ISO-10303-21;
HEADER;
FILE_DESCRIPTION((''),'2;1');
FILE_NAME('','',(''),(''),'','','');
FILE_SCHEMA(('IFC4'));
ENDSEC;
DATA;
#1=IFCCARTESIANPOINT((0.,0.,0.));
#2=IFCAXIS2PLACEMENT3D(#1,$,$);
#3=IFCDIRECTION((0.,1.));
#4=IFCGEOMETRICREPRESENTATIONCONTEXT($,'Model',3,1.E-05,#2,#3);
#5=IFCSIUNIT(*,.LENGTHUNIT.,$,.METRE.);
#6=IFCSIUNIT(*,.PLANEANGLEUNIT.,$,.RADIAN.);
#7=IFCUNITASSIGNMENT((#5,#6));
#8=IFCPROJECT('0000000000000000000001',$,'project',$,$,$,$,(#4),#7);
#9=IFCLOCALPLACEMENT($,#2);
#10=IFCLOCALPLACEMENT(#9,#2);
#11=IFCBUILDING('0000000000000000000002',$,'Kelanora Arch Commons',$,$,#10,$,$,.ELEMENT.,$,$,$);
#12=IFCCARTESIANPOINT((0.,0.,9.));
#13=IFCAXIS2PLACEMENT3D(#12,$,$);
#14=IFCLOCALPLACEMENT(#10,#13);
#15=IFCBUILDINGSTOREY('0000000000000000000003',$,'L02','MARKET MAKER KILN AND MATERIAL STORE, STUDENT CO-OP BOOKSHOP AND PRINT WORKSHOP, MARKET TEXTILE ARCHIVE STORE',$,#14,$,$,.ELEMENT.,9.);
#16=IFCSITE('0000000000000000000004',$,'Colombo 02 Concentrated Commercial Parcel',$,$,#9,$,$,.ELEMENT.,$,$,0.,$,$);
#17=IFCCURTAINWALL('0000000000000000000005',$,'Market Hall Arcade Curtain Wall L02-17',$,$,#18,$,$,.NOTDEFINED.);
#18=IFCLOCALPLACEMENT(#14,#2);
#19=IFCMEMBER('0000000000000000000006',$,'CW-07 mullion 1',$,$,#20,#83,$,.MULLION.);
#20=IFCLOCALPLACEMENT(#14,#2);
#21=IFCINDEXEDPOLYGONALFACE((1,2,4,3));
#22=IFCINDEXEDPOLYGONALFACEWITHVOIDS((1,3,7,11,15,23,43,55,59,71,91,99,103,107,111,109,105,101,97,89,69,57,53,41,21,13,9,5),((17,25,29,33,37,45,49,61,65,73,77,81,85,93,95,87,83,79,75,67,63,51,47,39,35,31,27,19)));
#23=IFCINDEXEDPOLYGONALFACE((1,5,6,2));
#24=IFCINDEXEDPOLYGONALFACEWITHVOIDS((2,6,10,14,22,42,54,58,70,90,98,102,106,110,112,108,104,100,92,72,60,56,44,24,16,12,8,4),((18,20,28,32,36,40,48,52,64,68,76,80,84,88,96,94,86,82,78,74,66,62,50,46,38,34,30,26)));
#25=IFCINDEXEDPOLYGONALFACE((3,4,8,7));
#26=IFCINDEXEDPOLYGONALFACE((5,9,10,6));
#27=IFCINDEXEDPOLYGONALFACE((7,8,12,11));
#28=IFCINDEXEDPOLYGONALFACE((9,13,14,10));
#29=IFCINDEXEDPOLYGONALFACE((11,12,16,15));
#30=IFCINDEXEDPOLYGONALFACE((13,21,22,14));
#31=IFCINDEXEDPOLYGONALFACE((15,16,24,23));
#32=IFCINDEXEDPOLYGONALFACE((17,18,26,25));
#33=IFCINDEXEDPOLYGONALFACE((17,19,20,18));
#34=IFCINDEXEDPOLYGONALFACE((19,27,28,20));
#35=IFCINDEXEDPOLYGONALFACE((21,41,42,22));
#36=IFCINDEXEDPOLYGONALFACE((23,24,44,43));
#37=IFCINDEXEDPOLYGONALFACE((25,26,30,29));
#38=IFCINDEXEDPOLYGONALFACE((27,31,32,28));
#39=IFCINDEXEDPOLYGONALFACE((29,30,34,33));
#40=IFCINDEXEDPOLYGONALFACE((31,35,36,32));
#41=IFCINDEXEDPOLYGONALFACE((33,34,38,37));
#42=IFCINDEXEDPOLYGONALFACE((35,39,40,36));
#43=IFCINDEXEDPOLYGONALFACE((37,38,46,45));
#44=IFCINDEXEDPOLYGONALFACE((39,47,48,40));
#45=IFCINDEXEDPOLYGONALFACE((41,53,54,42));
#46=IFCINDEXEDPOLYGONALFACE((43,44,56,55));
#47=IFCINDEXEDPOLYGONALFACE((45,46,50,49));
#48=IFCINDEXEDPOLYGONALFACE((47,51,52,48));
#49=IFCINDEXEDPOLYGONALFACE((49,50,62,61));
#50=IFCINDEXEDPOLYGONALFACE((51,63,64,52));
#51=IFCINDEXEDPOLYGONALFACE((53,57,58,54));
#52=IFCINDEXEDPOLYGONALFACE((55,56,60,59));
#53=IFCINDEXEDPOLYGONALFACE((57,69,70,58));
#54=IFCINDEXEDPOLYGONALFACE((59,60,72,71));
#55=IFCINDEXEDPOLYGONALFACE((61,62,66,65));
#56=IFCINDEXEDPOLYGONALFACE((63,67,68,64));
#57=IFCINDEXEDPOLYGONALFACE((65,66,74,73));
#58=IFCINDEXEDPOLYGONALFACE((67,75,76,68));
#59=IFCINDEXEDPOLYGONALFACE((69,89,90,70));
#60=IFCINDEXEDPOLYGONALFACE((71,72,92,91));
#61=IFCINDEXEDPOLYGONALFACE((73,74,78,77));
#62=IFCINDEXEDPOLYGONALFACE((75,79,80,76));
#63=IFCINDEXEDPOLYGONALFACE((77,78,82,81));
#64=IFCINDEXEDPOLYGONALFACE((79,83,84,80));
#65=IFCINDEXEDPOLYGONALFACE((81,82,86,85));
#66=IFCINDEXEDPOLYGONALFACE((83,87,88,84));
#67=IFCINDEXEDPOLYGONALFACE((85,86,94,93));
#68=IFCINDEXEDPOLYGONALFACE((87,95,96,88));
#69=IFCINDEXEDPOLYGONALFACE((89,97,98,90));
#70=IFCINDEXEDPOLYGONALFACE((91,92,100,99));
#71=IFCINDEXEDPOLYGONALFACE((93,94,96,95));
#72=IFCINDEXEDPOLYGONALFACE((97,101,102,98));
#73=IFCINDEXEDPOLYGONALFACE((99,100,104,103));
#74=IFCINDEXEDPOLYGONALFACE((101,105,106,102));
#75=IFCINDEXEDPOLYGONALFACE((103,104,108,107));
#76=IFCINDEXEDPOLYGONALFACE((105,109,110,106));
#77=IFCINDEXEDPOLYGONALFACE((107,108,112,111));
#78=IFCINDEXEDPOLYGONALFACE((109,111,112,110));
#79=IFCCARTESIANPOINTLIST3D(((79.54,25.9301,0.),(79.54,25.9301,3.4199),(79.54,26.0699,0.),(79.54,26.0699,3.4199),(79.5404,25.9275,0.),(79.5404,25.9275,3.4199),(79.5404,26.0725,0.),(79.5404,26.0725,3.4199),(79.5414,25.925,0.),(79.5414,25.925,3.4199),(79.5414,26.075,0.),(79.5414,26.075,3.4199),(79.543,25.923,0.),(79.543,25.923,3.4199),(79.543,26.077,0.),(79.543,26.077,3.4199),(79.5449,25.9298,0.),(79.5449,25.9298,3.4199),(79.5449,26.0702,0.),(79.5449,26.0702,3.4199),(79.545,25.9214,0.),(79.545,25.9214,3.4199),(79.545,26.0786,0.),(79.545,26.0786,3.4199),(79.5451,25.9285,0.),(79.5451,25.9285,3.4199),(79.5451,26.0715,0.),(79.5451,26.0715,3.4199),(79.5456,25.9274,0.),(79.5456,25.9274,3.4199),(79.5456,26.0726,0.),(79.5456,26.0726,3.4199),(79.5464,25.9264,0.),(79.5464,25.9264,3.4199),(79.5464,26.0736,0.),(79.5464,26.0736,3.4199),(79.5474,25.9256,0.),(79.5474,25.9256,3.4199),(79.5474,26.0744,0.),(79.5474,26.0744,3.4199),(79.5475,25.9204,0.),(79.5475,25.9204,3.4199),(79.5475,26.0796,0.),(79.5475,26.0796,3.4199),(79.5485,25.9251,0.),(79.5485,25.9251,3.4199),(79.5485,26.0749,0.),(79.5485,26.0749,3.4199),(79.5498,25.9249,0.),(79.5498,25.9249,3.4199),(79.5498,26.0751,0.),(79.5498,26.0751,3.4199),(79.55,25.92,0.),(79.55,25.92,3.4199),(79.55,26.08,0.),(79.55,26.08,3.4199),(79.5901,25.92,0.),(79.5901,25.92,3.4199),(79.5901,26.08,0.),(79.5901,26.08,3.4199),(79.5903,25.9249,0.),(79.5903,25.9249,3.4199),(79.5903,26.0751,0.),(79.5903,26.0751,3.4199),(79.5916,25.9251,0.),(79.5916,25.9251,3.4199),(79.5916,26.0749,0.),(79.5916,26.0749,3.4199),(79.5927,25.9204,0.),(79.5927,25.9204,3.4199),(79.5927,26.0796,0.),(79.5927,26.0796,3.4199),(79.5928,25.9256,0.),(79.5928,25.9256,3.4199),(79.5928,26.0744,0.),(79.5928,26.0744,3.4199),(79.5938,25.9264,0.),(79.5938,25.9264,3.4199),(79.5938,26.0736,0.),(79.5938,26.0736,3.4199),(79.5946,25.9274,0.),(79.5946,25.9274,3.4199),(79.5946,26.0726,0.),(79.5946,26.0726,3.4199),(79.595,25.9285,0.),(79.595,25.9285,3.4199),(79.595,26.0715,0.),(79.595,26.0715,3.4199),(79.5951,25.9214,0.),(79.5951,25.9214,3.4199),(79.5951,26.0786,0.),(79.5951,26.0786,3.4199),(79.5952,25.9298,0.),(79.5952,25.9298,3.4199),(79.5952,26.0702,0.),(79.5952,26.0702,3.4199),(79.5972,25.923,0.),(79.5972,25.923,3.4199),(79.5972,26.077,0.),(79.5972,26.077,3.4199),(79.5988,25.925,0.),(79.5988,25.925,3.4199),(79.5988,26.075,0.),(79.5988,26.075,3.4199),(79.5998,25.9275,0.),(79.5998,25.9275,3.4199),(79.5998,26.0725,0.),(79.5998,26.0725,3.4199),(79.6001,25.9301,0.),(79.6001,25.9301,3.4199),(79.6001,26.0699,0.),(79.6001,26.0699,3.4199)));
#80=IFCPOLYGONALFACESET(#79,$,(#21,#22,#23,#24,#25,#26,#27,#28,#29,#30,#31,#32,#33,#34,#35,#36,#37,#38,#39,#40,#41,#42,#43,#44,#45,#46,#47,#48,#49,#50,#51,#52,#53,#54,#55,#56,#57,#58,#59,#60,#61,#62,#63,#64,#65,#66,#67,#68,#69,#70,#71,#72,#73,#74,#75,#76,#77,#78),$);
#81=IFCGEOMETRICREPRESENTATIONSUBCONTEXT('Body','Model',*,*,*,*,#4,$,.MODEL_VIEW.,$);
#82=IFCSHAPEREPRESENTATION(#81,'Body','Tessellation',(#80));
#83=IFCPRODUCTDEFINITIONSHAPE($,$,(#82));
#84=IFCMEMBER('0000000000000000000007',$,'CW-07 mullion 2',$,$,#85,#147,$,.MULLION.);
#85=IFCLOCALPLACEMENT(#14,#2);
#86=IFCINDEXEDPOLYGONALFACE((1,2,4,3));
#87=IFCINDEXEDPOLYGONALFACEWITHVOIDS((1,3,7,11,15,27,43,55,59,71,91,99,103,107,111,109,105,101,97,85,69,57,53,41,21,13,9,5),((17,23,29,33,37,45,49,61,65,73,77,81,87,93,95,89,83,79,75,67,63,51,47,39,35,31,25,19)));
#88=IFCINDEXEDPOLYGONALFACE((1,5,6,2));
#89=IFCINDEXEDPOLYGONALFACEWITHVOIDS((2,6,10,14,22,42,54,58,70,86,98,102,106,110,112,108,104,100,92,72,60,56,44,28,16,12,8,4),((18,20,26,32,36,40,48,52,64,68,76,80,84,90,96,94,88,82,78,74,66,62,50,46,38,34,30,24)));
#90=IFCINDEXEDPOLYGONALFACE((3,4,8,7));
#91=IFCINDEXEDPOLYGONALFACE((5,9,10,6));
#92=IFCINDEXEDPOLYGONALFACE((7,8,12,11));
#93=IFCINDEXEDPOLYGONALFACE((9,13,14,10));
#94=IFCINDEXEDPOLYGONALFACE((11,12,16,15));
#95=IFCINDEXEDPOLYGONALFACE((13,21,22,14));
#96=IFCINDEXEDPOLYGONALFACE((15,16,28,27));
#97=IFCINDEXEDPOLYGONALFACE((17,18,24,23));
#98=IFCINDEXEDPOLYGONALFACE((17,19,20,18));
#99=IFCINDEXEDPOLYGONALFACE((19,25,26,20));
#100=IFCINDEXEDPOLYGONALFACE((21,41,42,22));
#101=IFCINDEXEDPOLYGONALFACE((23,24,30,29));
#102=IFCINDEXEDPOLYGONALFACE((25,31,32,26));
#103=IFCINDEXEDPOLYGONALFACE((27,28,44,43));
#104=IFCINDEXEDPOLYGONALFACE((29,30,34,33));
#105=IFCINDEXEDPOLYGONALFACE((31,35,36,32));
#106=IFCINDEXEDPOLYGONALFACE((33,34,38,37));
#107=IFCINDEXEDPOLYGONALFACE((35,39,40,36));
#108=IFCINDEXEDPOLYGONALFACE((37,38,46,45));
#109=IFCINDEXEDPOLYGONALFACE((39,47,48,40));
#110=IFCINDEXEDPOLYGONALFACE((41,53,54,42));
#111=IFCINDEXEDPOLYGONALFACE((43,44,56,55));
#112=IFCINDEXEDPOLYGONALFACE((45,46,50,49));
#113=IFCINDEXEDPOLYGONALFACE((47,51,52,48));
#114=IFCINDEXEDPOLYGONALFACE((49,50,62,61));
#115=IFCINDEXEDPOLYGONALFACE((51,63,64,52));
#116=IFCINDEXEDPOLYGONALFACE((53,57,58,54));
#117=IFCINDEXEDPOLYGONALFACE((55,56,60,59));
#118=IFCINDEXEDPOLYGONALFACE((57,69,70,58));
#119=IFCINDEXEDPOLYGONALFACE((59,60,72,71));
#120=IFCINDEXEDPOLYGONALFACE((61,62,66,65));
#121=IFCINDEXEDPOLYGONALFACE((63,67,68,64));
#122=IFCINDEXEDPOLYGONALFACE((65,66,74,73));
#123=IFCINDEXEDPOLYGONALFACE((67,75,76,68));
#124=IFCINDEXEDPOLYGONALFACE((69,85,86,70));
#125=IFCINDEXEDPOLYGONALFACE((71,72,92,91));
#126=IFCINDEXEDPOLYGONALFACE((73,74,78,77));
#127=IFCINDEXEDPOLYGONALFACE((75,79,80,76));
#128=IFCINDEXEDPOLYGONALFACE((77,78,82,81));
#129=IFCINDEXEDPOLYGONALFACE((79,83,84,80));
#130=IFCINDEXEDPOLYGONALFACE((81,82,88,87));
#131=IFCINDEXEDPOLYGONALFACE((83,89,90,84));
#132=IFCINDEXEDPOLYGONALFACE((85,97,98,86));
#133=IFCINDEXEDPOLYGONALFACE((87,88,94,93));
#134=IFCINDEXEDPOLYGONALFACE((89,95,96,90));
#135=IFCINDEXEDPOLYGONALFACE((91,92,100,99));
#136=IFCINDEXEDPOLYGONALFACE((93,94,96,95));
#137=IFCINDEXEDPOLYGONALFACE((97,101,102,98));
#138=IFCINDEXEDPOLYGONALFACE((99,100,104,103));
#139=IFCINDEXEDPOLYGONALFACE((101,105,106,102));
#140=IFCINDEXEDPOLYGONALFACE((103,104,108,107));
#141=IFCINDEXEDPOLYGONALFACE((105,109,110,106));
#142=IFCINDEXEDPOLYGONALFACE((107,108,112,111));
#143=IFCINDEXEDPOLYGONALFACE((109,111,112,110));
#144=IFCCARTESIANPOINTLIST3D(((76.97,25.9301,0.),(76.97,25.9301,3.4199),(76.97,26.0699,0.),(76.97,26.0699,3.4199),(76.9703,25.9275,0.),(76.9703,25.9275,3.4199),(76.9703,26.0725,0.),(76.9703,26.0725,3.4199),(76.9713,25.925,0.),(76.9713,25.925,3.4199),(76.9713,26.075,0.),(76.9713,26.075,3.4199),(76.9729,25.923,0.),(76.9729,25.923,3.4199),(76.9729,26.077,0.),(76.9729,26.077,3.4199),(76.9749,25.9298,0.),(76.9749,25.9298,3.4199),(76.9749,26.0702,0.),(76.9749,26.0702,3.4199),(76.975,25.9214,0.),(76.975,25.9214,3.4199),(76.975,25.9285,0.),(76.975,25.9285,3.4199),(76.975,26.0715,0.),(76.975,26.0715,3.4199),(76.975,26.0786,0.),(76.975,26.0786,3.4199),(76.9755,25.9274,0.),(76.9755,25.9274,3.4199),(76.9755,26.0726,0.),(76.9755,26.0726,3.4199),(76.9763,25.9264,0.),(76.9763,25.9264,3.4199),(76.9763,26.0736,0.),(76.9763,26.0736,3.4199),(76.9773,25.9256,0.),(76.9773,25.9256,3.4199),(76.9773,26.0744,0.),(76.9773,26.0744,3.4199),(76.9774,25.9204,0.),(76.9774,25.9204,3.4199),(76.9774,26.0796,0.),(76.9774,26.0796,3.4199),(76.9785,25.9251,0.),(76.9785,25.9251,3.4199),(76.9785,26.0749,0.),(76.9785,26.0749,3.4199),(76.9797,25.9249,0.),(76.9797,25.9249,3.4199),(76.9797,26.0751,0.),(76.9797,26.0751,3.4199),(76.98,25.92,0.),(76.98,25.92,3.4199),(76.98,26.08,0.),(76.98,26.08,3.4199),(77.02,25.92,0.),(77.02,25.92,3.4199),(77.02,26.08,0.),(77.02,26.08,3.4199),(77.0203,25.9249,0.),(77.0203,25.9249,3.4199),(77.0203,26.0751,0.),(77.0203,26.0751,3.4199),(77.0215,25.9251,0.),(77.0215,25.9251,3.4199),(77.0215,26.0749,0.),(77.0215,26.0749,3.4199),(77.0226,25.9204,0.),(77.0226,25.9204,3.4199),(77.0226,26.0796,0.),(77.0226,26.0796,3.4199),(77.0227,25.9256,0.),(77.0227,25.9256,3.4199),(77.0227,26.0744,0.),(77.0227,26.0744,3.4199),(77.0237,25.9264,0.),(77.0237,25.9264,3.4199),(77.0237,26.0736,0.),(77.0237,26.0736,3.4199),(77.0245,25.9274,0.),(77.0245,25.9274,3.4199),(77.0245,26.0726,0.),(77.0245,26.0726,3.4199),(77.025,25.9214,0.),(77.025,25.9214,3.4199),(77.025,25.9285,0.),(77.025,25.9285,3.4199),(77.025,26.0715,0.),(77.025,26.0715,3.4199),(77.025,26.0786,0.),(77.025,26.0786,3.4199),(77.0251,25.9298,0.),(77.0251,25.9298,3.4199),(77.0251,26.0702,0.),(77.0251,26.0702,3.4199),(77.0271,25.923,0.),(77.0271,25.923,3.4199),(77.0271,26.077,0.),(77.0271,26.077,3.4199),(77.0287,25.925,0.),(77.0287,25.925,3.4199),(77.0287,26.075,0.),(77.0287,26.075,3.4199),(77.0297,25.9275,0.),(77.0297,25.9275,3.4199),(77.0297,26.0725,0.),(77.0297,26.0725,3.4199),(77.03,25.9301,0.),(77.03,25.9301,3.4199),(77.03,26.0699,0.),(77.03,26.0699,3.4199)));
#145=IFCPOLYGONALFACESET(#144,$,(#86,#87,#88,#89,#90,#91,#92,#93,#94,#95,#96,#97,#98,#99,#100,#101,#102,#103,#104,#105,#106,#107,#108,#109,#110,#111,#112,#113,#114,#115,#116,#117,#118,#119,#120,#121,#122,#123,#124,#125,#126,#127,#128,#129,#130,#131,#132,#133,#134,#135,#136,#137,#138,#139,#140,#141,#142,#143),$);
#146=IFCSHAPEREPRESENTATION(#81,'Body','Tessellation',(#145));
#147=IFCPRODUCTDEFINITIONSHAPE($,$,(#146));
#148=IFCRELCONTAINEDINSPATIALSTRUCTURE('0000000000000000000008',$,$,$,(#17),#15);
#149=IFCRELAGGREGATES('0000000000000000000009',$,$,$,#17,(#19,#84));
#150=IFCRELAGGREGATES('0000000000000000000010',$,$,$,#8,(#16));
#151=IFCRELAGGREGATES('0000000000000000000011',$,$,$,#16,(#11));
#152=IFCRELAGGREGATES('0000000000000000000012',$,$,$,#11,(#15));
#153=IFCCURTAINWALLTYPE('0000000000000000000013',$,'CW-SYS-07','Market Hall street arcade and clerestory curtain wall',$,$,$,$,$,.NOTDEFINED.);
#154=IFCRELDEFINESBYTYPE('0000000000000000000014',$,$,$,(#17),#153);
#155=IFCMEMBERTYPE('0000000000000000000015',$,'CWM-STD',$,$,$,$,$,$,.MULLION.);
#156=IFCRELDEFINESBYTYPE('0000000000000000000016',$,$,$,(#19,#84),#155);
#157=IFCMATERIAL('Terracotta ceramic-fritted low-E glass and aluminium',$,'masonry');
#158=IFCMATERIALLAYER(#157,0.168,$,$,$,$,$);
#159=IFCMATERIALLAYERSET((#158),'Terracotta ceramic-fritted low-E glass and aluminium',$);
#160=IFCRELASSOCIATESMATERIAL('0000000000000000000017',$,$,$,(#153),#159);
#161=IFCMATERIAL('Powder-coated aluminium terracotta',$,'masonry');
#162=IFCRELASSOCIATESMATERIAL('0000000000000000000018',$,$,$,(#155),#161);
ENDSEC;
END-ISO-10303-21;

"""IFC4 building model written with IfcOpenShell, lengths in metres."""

from ifc_helpers import new_model, si_unit, direction, frame, origin, origin_2d, place, context, subcontext, project, spatial, hollow_rectangle, extrude, material, layer, layer_set, material_profile, profile_set, type_object, element, aggregate, save


model = new_model("IFC4")

# Units and contexts
model_context = context("Model", 3, precision=1e-05, world=origin(), true_north=direction((0.0, 1.0)))
body_context = subcontext(model_context, "Body", "Model", "MODEL_VIEW")
ifc_project = project(units=[si_unit("LENGTHUNIT", "METRE"), si_unit("PLANEANGLEUNIT", "RADIAN")], contexts=[model_context])

# Site, building, storey
site_placement = place(None, origin())
site = spatial("IfcSite", under=ifc_project, at=site_placement, Name="Colombo 02 Concentrated Commercial Parcel", CompositionType="ELEMENT", RefElevation=0.0)
building_placement = place(site_placement, origin())
building = spatial("IfcBuilding", under=site, at=building_placement, Name="Kelanora Arch Commons", CompositionType="ELEMENT")
storey_placement = place(building_placement, frame((0.0, 0.0, 9.0)))
storey = spatial("IfcBuildingStorey", under=building, at=storey_placement, Name="L02", Description="MARKET MAKER KILN AND MATERIAL STORE, STUDENT CO-OP BOOKSHOP AND PRINT WORKSHOP, MARKET TEXTILE ARCHIVE STORE", CompositionType="ELEMENT", Elevation=9.0)

# Curtain wall, members
ifc_material_1 = material(Name="Terracotta ceramic-fritted low-E glass and aluminium", Category="masonry")
ifc_layer_1 = layer(ifc_material_1, 0.168)
ifc_layer_set_1 = layer_set([ifc_layer_1], Name="Terracotta ceramic-fritted low-E glass and aluminium")
curtain_wall_type = type_object("IfcCurtainWallType", Name="CW-SYS-07", Description="Market Hall street arcade and clerestory curtain wall", PredefinedType="NOTDEFINED", material=ifc_layer_set_1)
curtain_wall_placement = place(storey_placement, origin())
curtain_wall = element("IfcCurtainWall", 1, at=curtain_wall_placement, inside=storey, type_object=curtain_wall_type, Name="Market Hall Arcade Curtain Wall L02-17", PredefinedType="NOTDEFINED")
ifc_material_2 = material(Name="Powder-coated aluminium terracotta", Category="masonry")
ifc_material_profile_1 = material_profile(ifc_material_2, hollow_rectangle(XDim=0.1599, YDim=0.0601, WallThickness=0.0049, InnerFilletRadius=0.0049, OuterFilletRadius=0.01, at=origin_2d()), Name="CWM160x60")
ifc_profile_set_1 = profile_set([ifc_material_profile_1], Name="Powder-coated aluminium terracotta")
member_type_1 = type_object("IfcMemberType", Name="CWM-STD", PredefinedType="MULLION", material=ifc_profile_set_1)
member_1_placement = place(storey_placement, frame((79.5701, 26.0, 0.0), z_axis=(0.0, 0.0, 1.0), x_axis=(0.0, -1.0, 0.0)))
member_1 = element("IfcMember", 2, at=member_1_placement, type_object=member_type_1, Name="CW-07 mullion 1", PredefinedType="MULLION", context=body_context, shape_type="SweptSolid", body=[
    extrude(hollow_rectangle(XDim=0.1599, YDim=0.0601, WallThickness=0.0049, InnerFilletRadius=0.0049, OuterFilletRadius=0.01, at=origin_2d()), origin(), (0.0, 0.0, 1.0), 3.4199),
])
member_2_placement = place(storey_placement, frame((77.0, 26.0, 0.0), z_axis=(0.0, 0.0, 1.0), x_axis=(0.0, -1.0, 0.0)))
member_2 = element("IfcMember", 3, at=member_2_placement, type_object=member_type_1, Name="CW-07 mullion 2", PredefinedType="MULLION", context=body_context, shape_type="SweptSolid", body=[
    extrude(hollow_rectangle(XDim=0.1599, YDim=0.0601, WallThickness=0.0049, InnerFilletRadius=0.0049, OuterFilletRadius=0.01, at=origin_2d()), origin(), (0.0, 0.0, 1.0), 3.4199),
])
aggregate(curtain_wall, [member_1, member_2])

save(model, "model.ifc")
